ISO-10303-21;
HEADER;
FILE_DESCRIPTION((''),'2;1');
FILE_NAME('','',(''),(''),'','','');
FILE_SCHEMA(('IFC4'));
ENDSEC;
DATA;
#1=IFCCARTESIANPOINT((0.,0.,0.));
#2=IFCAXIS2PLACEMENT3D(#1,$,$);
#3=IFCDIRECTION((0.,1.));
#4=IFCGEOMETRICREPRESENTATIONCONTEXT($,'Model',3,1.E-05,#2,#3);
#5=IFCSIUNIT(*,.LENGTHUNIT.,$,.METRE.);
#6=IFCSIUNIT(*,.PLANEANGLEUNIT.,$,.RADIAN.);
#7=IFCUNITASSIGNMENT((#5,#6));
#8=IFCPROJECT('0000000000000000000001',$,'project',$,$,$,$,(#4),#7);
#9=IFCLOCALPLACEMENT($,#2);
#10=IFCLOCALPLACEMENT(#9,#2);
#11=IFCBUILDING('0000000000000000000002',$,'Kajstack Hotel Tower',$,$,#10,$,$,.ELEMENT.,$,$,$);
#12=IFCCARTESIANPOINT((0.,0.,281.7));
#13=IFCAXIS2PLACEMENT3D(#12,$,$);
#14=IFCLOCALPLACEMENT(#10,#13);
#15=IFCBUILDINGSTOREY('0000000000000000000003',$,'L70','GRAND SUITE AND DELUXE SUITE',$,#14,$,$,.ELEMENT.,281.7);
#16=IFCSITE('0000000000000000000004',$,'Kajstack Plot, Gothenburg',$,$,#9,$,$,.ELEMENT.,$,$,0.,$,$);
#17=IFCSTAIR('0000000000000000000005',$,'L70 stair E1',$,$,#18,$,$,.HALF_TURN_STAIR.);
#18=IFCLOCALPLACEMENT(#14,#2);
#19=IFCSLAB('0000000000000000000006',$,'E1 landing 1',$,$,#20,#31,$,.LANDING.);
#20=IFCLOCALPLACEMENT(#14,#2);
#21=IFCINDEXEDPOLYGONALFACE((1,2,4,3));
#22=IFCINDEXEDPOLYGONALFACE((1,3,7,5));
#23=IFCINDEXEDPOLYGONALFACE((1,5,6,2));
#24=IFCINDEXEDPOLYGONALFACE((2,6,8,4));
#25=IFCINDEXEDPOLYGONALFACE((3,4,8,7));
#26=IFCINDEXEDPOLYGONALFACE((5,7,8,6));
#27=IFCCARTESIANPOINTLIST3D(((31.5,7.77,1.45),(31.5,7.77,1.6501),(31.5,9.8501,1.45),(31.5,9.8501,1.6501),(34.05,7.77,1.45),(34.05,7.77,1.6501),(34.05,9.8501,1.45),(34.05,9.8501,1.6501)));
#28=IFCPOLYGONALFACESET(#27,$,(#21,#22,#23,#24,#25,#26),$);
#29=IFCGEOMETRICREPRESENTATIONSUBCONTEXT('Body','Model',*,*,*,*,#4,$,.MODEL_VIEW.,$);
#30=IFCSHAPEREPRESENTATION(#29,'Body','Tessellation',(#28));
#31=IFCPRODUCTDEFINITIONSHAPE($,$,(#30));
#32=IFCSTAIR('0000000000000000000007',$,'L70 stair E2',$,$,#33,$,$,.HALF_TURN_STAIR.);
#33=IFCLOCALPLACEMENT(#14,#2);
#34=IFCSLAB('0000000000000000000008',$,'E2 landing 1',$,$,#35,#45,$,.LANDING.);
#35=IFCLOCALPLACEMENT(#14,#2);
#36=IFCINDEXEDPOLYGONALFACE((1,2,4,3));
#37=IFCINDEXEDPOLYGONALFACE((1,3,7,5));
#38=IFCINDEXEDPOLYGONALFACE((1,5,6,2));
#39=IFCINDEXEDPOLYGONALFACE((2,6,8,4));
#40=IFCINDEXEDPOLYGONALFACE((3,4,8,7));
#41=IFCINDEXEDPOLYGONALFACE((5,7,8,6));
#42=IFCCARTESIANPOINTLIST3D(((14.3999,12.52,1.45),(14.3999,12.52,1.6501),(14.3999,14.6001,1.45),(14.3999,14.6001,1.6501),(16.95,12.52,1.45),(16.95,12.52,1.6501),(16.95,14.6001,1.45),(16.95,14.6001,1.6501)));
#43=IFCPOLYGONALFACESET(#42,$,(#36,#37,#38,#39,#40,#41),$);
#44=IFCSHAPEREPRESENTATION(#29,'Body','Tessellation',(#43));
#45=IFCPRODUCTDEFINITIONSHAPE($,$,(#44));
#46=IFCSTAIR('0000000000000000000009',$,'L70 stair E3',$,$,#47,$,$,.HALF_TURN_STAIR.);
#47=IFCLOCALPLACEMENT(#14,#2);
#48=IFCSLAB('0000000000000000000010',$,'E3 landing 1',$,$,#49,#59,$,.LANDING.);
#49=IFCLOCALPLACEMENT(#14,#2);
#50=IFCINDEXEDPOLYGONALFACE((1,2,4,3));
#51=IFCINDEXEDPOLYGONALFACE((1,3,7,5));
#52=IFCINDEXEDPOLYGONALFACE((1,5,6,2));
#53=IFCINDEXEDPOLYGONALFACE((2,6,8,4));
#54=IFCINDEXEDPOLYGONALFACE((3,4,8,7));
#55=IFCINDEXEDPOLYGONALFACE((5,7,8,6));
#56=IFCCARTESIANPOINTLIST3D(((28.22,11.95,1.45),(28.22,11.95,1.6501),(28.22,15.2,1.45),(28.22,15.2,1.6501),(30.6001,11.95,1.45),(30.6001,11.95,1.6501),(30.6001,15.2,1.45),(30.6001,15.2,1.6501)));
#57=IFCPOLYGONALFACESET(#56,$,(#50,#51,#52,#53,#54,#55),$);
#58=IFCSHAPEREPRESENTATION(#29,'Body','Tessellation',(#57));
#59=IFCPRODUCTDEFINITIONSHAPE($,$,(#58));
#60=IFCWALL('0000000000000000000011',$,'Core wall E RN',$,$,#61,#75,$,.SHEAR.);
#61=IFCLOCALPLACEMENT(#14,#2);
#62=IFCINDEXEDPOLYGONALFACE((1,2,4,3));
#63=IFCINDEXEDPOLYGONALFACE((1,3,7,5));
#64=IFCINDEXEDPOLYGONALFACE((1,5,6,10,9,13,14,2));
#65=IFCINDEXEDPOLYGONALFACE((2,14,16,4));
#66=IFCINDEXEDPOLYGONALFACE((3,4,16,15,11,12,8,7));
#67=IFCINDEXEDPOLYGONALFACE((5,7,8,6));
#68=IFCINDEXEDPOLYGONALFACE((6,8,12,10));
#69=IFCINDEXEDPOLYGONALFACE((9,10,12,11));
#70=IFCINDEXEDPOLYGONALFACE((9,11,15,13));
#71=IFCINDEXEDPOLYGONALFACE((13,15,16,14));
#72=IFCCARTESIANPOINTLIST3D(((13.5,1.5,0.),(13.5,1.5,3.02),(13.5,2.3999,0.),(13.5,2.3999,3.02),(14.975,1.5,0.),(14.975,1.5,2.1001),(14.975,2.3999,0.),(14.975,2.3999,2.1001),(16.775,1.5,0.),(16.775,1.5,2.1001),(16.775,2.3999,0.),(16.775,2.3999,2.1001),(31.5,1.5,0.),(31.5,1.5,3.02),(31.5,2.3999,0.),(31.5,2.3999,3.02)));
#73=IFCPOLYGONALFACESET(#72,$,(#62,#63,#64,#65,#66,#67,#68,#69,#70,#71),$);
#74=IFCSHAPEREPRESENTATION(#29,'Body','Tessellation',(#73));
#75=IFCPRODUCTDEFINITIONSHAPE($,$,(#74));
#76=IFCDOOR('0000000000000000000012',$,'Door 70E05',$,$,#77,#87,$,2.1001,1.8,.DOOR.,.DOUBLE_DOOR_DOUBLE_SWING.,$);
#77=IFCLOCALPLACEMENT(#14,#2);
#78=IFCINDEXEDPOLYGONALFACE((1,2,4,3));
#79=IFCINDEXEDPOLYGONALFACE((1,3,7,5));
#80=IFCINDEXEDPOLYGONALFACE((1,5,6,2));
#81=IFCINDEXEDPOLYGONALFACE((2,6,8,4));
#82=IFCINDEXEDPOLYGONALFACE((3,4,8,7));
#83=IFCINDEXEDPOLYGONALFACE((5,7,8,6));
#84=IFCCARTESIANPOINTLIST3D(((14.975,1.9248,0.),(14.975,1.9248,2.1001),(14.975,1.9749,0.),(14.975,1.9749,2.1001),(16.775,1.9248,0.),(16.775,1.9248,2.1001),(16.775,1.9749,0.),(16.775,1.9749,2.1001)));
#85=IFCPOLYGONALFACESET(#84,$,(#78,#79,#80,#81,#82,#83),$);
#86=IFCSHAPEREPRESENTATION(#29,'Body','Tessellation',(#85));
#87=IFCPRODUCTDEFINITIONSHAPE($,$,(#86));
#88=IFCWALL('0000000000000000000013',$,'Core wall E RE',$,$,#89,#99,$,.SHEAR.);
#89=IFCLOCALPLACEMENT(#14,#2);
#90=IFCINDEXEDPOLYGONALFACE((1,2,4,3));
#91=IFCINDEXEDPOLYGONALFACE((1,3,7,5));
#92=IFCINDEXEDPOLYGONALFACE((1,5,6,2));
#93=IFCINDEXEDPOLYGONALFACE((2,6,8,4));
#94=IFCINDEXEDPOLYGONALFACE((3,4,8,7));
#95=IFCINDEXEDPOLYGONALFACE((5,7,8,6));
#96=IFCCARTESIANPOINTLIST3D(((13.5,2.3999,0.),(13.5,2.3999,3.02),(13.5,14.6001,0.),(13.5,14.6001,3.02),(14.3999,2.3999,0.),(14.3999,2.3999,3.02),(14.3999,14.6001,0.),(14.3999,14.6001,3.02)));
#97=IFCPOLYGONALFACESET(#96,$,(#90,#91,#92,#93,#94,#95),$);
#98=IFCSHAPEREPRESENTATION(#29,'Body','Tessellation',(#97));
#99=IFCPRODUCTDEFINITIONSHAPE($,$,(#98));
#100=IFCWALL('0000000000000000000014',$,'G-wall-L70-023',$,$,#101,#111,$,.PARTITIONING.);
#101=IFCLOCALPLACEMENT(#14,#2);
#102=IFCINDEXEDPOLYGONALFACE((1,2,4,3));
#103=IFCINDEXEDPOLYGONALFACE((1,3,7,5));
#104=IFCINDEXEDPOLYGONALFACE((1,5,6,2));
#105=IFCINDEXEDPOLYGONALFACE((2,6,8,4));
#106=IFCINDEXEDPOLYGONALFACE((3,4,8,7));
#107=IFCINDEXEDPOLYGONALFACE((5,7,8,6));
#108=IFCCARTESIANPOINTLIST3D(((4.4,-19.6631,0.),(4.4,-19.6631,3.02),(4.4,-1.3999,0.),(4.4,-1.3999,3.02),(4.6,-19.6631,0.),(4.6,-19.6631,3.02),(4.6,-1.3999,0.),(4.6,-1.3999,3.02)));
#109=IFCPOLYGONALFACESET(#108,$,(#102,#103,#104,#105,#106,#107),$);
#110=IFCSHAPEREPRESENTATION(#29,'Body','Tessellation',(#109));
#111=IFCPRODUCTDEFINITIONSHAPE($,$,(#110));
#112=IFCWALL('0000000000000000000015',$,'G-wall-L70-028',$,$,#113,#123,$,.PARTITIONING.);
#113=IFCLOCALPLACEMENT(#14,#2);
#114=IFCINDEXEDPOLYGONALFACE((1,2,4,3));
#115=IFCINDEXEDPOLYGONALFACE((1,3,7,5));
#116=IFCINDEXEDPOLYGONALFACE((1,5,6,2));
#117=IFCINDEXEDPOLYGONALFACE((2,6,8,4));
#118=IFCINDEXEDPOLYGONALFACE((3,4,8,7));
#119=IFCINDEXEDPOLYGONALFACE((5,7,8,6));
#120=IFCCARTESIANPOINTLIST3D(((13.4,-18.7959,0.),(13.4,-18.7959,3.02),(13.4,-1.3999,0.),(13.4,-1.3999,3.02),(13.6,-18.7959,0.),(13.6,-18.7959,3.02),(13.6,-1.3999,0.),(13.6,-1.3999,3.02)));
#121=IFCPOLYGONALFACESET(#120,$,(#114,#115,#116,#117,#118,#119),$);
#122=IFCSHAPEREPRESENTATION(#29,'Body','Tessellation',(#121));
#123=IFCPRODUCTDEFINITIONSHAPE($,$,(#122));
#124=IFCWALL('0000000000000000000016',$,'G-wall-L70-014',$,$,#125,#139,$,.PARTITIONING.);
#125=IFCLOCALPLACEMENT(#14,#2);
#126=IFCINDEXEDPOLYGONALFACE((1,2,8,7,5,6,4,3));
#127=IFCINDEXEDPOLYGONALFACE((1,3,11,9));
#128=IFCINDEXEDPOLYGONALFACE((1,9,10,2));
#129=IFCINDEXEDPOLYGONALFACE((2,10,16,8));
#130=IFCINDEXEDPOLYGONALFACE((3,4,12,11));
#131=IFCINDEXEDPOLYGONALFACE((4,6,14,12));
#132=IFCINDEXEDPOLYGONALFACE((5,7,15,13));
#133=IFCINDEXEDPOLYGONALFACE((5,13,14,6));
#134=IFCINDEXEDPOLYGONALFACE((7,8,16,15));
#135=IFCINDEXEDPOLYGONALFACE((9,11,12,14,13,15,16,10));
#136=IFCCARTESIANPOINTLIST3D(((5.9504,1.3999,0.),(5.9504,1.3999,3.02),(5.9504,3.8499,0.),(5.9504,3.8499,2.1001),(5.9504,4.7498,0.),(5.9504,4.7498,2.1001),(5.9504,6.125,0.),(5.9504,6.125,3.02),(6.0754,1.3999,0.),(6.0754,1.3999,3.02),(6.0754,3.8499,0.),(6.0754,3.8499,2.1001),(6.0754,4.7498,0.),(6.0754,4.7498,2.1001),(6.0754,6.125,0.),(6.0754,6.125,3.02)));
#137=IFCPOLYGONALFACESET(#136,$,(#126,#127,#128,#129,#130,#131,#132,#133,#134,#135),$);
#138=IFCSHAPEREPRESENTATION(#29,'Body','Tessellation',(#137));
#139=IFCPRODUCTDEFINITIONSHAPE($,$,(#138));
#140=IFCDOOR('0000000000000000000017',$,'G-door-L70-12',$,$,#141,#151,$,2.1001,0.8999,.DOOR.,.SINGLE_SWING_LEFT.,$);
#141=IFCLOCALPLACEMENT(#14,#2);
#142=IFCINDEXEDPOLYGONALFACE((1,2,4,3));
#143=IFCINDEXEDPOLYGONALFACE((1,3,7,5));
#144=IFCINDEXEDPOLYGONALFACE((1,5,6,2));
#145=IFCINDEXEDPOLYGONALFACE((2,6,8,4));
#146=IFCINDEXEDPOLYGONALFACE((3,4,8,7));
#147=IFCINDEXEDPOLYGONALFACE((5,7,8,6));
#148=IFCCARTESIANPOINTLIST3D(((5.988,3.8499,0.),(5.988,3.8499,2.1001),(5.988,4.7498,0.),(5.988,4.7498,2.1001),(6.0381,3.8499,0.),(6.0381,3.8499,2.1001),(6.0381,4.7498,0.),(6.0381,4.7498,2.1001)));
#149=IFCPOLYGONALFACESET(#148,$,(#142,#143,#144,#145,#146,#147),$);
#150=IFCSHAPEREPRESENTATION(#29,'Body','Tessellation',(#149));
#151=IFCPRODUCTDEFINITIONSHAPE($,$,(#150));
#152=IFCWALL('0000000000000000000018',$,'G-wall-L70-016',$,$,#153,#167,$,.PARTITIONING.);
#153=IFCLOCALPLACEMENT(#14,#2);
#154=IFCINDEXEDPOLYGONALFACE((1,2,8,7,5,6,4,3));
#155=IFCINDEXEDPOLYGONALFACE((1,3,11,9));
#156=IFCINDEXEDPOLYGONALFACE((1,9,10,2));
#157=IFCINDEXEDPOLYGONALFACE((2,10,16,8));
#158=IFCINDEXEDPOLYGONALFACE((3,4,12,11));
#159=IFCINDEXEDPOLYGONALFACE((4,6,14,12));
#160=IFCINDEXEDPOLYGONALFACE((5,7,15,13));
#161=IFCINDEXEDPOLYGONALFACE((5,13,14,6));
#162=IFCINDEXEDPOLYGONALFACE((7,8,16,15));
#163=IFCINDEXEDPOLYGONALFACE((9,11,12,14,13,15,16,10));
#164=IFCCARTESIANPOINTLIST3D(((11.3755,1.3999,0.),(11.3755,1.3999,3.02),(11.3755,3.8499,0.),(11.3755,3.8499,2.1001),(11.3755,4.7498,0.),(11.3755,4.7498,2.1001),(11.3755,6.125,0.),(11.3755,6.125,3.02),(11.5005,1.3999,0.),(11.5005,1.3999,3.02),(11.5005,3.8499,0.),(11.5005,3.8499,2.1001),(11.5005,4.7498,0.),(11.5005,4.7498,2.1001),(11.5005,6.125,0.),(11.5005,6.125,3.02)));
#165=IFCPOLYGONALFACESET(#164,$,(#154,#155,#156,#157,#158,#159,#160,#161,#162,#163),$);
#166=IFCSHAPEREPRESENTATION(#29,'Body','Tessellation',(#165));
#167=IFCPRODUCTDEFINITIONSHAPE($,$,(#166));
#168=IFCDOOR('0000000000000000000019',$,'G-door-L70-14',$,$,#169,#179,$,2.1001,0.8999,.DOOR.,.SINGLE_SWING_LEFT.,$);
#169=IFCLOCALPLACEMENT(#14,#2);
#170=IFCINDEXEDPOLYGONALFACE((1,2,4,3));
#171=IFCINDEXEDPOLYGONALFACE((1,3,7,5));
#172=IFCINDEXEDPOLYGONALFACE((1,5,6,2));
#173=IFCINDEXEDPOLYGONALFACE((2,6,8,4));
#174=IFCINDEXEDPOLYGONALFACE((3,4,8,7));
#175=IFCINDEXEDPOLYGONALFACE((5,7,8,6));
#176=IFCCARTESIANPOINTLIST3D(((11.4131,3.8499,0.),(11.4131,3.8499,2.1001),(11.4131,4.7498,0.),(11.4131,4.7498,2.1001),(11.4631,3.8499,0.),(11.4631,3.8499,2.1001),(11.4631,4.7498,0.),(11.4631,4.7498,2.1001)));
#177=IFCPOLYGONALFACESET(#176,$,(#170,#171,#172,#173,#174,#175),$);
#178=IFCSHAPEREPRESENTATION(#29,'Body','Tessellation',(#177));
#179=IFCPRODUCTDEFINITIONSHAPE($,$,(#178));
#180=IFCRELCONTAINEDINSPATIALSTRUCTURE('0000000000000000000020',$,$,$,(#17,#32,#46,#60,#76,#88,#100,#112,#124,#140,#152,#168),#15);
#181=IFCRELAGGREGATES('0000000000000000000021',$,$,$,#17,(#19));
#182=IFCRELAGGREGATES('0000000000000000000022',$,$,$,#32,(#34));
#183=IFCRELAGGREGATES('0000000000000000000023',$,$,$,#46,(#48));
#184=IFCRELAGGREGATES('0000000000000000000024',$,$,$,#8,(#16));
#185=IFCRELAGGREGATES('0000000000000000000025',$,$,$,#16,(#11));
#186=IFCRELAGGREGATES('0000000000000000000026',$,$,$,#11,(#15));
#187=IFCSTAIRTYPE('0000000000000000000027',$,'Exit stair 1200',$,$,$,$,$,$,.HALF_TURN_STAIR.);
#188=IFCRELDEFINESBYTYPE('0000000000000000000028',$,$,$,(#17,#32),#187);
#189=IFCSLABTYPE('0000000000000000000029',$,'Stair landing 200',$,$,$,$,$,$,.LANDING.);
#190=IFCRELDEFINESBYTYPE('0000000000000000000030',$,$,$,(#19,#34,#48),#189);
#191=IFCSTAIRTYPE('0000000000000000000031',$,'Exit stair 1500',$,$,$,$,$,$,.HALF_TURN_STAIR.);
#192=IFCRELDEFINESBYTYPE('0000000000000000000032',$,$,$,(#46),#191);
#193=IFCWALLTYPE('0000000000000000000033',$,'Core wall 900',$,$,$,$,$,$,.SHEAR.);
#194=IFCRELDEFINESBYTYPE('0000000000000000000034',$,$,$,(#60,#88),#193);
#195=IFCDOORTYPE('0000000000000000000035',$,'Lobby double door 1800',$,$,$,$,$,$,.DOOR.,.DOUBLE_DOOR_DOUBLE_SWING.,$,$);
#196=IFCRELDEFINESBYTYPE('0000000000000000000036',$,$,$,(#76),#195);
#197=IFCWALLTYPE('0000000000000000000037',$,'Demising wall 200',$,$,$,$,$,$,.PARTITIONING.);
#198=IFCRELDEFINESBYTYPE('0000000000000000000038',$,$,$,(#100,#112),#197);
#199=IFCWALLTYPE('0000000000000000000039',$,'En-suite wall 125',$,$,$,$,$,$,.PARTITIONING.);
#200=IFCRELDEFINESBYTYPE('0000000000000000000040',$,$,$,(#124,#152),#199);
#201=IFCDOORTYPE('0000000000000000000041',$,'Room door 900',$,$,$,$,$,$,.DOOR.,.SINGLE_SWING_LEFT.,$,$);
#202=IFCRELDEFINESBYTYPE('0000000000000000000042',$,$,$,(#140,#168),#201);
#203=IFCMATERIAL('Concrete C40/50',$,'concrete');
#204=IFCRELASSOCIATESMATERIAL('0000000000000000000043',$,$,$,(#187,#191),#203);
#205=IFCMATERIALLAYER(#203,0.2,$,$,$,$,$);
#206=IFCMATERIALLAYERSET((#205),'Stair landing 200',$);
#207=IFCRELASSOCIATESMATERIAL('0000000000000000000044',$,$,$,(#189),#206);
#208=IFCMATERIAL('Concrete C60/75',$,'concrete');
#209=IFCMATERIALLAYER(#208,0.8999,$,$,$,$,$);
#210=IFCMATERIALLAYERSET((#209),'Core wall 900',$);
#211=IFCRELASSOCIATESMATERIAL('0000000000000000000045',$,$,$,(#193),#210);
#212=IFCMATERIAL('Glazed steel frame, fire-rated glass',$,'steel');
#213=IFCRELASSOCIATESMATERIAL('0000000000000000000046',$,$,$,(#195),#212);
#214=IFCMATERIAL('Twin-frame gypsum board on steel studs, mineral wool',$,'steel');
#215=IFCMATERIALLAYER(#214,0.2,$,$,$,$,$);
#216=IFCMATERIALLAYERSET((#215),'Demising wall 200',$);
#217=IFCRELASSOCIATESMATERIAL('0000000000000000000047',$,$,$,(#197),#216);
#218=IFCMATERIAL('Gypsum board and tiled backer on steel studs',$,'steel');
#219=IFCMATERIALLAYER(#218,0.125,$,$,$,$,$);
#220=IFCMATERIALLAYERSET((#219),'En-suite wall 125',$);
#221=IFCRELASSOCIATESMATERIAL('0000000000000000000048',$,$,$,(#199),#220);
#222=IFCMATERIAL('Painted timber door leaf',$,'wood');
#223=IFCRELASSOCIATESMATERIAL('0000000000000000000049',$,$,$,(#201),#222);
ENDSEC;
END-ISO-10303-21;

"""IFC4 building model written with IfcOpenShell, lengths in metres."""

from ifc_helpers import new_model, si_unit, direction, frame, frame_2d, origin, place, context, subcontext, project, spatial, polyline, rectangle, outline, extrude, material, layer, layer_set, type_object, element, fill, aggregate, save


model = new_model("IFC4")

# Units and contexts
model_context = context("Model", 3, precision=1e-05, world=origin(), true_north=direction((0.0, 1.0)))
body_context = subcontext(model_context, "Body", "Model", "MODEL_VIEW")
ifc_project = project(units=[si_unit("LENGTHUNIT", "METRE"), si_unit("PLANEANGLEUNIT", "RADIAN")], contexts=[model_context])

# Site, building, storey
site_placement = place(None, origin())
site = spatial("IfcSite", under=ifc_project, at=site_placement, Name="Kajstack Plot, Gothenburg", CompositionType="ELEMENT", RefElevation=0.0)
building_placement = place(site_placement, origin())
building = spatial("IfcBuilding", under=site, at=building_placement, Name="Kajstack Hotel Tower", CompositionType="ELEMENT")
storey_placement = place(building_placement, frame((0.0, 0.0, 281.7)))
storey = spatial("IfcBuildingStorey", under=building, at=storey_placement, Name="L70", Description="GRAND SUITE AND DELUXE SUITE", CompositionType="ELEMENT", Elevation=281.7)

# Stairs, slabs
ifc_material_1 = material(Name="Concrete C40/50", Category="concrete")
stair_type_1 = type_object("IfcStairType", Name="Exit stair 1200", PredefinedType="HALF_TURN_STAIR", material=ifc_material_1)
stair_1_placement = place(storey_placement, origin())
stair_1 = element("IfcStair", 1, at=stair_1_placement, inside=storey, type_object=stair_type_1, Name="L70 stair E1", PredefinedType="HALF_TURN_STAIR")
ifc_layer_1 = layer(ifc_material_1, 0.2)
ifc_layer_set_1 = layer_set([ifc_layer_1], Name="Stair landing 200")
slab_type = type_object("IfcSlabType", Name="Stair landing 200", PredefinedType="LANDING", material=ifc_layer_set_1)
slab_1_placement = place(storey_placement, frame((0.0, 0.0, 1.45)))
slab_1 = element("IfcSlab", 2, at=slab_1_placement, type_object=slab_type, Name="E1 landing 1", PredefinedType="LANDING", context=body_context, shape_type="SweptSolid", body=[
    extrude(outline(polyline([(34.05, 7.77), (34.05, 9.8501), (31.5, 9.8501), (31.5, 7.77), (34.05, 7.77)])), origin(), (0.0, 0.0, 1.0), 0.2002),
])
aggregate(stair_1, [slab_1])
stair_2_placement = place(storey_placement, origin())
stair_2 = element("IfcStair", 3, at=stair_2_placement, inside=storey, type_object=stair_type_1, Name="L70 stair E2", PredefinedType="HALF_TURN_STAIR")
slab_2_placement = place(storey_placement, frame((0.0, 0.0, 1.45)))
slab_2 = element("IfcSlab", 4, at=slab_2_placement, type_object=slab_type, Name="E2 landing 1", PredefinedType="LANDING", context=body_context, shape_type="SweptSolid", body=[
    extrude(outline(polyline([(16.95, 12.52), (16.95, 14.6001), (14.3999, 14.6001), (14.3999, 12.52), (16.95, 12.52)])), origin(), (0.0, 0.0, 1.0), 0.2002),
])
aggregate(stair_2, [slab_2])
stair_type_2 = type_object("IfcStairType", Name="Exit stair 1500", PredefinedType="HALF_TURN_STAIR", material=ifc_material_1)
stair_3_placement = place(storey_placement, origin())
stair_3 = element("IfcStair", 5, at=stair_3_placement, inside=storey, type_object=stair_type_2, Name="L70 stair E3", PredefinedType="HALF_TURN_STAIR")
slab_3_placement = place(storey_placement, frame((0.0, 0.0, 1.45)))
slab_3 = element("IfcSlab", 6, at=slab_3_placement, type_object=slab_type, Name="E3 landing 1", PredefinedType="LANDING", context=body_context, shape_type="SweptSolid", body=[
    extrude(outline(polyline([(28.22, 11.95), (30.6001, 11.95), (30.6001, 15.2), (28.22, 15.2), (28.22, 11.95)])), origin(), (0.0, 0.0, 1.0), 0.2002),
])
aggregate(stair_3, [slab_3])

# Wall, opening, door
ifc_material_2 = material(Name="Concrete C60/75", Category="concrete")
ifc_layer_2 = layer(ifc_material_2, 0.8999)
ifc_layer_set_2 = layer_set([ifc_layer_2], Name="Core wall 900")
wall_type_1 = type_object("IfcWallType", Name="Core wall 900", PredefinedType="SHEAR", material=ifc_layer_set_2)
wall_1_placement = place(storey_placement, frame((13.5, 1.95, 0.0), z_axis=(0.0, 0.0, 1.0), x_axis=(1.0, 0.0, 0.0)))
wall_1 = element("IfcWall", 7, at=wall_1_placement, inside=storey, type_object=wall_type_1, Name="Core wall E RN", PredefinedType="SHEAR", context=body_context, shape_type="SweptSolid", body=[
    extrude(rectangle(XDim=18.0, YDim=0.8999, at=frame_2d((9.0, 0.0))), origin(), (0.0, 0.0, 1.0), 3.02),
])
opening_1_placement = place(wall_1_placement, frame((1.4751, 0.0, 0.0)))
opening_1 = element("IfcOpeningElement", 8, at=opening_1_placement, cuts=wall_1, PredefinedType="OPENING", context=body_context, shape_type="SweptSolid", body=[
    extrude(rectangle(XDim=1.8, YDim=2.1001, at=frame_2d((0.8999, 1.05))), frame((0.0, 0.46, 0.0), z_axis=(0.0, -1.0, 0.0), x_axis=(1.0, 0.0, 0.0)), (0.0, 0.0, 1.0), 0.9199),
])
ifc_material_3 = material(Name="Glazed steel frame, fire-rated glass", Category="steel")
door_type_1 = type_object("IfcDoorType", Name="Lobby double door 1800", OperationType="DOUBLE_DOOR_DOUBLE_SWING", PredefinedType="DOOR", material=ifc_material_3)
door_1_placement = place(opening_1_placement, origin())
door_1 = element("IfcDoor", 9, at=door_1_placement, inside=storey, type_object=door_type_1, Name="Door 70E05", OperationType="DOUBLE_DOOR_DOUBLE_SWING", OverallHeight=2.1001, OverallWidth=1.8, PredefinedType="DOOR", context=body_context, shape_type="SweptSolid", body=[
    extrude(rectangle(XDim=1.8, YDim=2.1001, at=frame_2d((0.8999, 1.05))), frame((0.0, 0.0249, 0.0), z_axis=(0.0, -1.0, 0.0), x_axis=(1.0, 0.0, 0.0)), (0.0, 0.0, 1.0), 0.05),
])
fill(opening_1, door_1)

# Walls
wall_2_placement = place(storey_placement, frame((13.95, 2.3999, 0.0), z_axis=(0.0, 0.0, 1.0), x_axis=(0.0, 1.0, 0.0)))
element("IfcWall", 10, at=wall_2_placement, inside=storey, type_object=wall_type_1, Name="Core wall E RE", PredefinedType="SHEAR", context=body_context, shape_type="SweptSolid", body=[
    extrude(rectangle(XDim=12.2002, YDim=0.8999, at=frame_2d((6.1001, 0.0))), origin(), (0.0, 0.0, 1.0), 3.02),
])
ifc_material_4 = material(Name="Twin-frame gypsum board on steel studs, mineral wool", Category="steel")
ifc_layer_3 = layer(ifc_material_4, 0.2)
ifc_layer_set_3 = layer_set([ifc_layer_3], Name="Demising wall 200")
wall_type_2 = type_object("IfcWallType", Name="Demising wall 200", PredefinedType="PARTITIONING", material=ifc_layer_set_3)
wall_3_placement = place(storey_placement, frame((4.5, -19.6631, 0.0), z_axis=(0.0, 0.0, 1.0), x_axis=(0.0, 1.0, 0.0)))
element("IfcWall", 11, at=wall_3_placement, inside=storey, type_object=wall_type_2, Name="G-wall-L70-023", PredefinedType="PARTITIONING", context=body_context, shape_type="SweptSolid", body=[
    extrude(rectangle(XDim=18.2632, YDim=0.2, at=frame_2d((9.1316, 0.0))), origin(), (0.0, 0.0, 1.0), 3.02),
])
wall_4_placement = place(storey_placement, frame((13.5, -18.7959, 0.0), z_axis=(0.0, 0.0, 1.0), x_axis=(0.0, 1.0, 0.0)))
element("IfcWall", 12, at=wall_4_placement, inside=storey, type_object=wall_type_2, Name="G-wall-L70-028", PredefinedType="PARTITIONING", context=body_context, shape_type="SweptSolid", body=[
    extrude(rectangle(XDim=17.396, YDim=0.2, at=frame_2d((8.698, 0.0))), origin(), (0.0, 0.0, 1.0), 3.02),
])

# Walls, openings, doors
ifc_material_5 = material(Name="Gypsum board and tiled backer on steel studs", Category="steel")
ifc_layer_4 = layer(ifc_material_5, 0.125)
ifc_layer_set_4 = layer_set([ifc_layer_4], Name="En-suite wall 125")
wall_type_3 = type_object("IfcWallType", Name="En-suite wall 125", PredefinedType="PARTITIONING", material=ifc_layer_set_4)
wall_5_placement = place(storey_placement, frame((6.0129, 1.3999, 0.0), z_axis=(0.0, 0.0, 1.0), x_axis=(0.0, 1.0, 0.0)))
wall_5 = element("IfcWall", 13, at=wall_5_placement, inside=storey, type_object=wall_type_3, Name="G-wall-L70-014", PredefinedType="PARTITIONING", context=body_context, shape_type="SweptSolid", body=[
    extrude(rectangle(XDim=4.7251, YDim=0.125, at=frame_2d((2.3625, 0.0))), origin(), (0.0, 0.0, 1.0), 3.02),
])
opening_2_placement = place(wall_5_placement, frame((2.45, 0.0, 0.0)))
opening_2 = element("IfcOpeningElement", 14, at=opening_2_placement, cuts=wall_5, PredefinedType="OPENING", context=body_context, shape_type="SweptSolid", body=[
    extrude(rectangle(XDim=0.8999, YDim=2.1001, at=frame_2d((0.45, 1.05))), frame((0.0, 0.0725, 0.0), z_axis=(0.0, -1.0, 0.0), x_axis=(1.0, 0.0, 0.0)), (0.0, 0.0, 1.0), 0.145),
])
ifc_material_6 = material(Name="Painted timber door leaf", Category="wood")
door_type_2 = type_object("IfcDoorType", Name="Room door 900", OperationType="SINGLE_SWING_LEFT", PredefinedType="DOOR", material=ifc_material_6)
door_2_placement = place(opening_2_placement, origin())
door_2 = element("IfcDoor", 15, at=door_2_placement, inside=storey, type_object=door_type_2, Name="G-door-L70-12", OperationType="SINGLE_SWING_LEFT", OverallHeight=2.1001, OverallWidth=0.8999, PredefinedType="DOOR", context=body_context, shape_type="SweptSolid", body=[
    extrude(rectangle(XDim=0.8999, YDim=2.1001, at=frame_2d((0.45, 1.05))), frame((0.0, 0.0249, 0.0), z_axis=(0.0, -1.0, 0.0), x_axis=(1.0, 0.0, 0.0)), (0.0, 0.0, 1.0), 0.05),
])
fill(opening_2, door_2)
wall_6_placement = place(storey_placement, frame((11.438, 1.3999, 0.0), z_axis=(0.0, 0.0, 1.0), x_axis=(0.0, 1.0, 0.0)))
wall_6 = element("IfcWall", 16, at=wall_6_placement, inside=storey, type_object=wall_type_3, Name="G-wall-L70-016", PredefinedType="PARTITIONING", context=body_context, shape_type="SweptSolid", body=[
    extrude(rectangle(XDim=4.7251, YDim=0.125, at=frame_2d((2.3625, 0.0))), origin(), (0.0, 0.0, 1.0), 3.02),
])
opening_3_placement = place(wall_6_placement, frame((2.45, 0.0, 0.0)))
opening_3 = element("IfcOpeningElement", 17, at=opening_3_placement, cuts=wall_6, PredefinedType="OPENING", context=body_context, shape_type="SweptSolid", body=[
    extrude(rectangle(XDim=0.8999, YDim=2.1001, at=frame_2d((0.45, 1.05))), frame((0.0, 0.0725, 0.0), z_axis=(0.0, -1.0, 0.0), x_axis=(1.0, 0.0, 0.0)), (0.0, 0.0, 1.0), 0.145),
])
door_3_placement = place(opening_3_placement, origin())
door_3 = element("IfcDoor", 18, at=door_3_placement, inside=storey, type_object=door_type_2, Name="G-door-L70-14", OperationType="SINGLE_SWING_LEFT", OverallHeight=2.1001, OverallWidth=0.8999, PredefinedType="DOOR", context=body_context, shape_type="SweptSolid", body=[
    extrude(rectangle(XDim=0.8999, YDim=2.1001, at=frame_2d((0.45, 1.05))), frame((0.0, 0.0249, 0.0), z_axis=(0.0, -1.0, 0.0), x_axis=(1.0, 0.0, 0.0)), (0.0, 0.0, 1.0), 0.05),
])
fill(opening_3, door_3)

save(model, "model.ifc")
